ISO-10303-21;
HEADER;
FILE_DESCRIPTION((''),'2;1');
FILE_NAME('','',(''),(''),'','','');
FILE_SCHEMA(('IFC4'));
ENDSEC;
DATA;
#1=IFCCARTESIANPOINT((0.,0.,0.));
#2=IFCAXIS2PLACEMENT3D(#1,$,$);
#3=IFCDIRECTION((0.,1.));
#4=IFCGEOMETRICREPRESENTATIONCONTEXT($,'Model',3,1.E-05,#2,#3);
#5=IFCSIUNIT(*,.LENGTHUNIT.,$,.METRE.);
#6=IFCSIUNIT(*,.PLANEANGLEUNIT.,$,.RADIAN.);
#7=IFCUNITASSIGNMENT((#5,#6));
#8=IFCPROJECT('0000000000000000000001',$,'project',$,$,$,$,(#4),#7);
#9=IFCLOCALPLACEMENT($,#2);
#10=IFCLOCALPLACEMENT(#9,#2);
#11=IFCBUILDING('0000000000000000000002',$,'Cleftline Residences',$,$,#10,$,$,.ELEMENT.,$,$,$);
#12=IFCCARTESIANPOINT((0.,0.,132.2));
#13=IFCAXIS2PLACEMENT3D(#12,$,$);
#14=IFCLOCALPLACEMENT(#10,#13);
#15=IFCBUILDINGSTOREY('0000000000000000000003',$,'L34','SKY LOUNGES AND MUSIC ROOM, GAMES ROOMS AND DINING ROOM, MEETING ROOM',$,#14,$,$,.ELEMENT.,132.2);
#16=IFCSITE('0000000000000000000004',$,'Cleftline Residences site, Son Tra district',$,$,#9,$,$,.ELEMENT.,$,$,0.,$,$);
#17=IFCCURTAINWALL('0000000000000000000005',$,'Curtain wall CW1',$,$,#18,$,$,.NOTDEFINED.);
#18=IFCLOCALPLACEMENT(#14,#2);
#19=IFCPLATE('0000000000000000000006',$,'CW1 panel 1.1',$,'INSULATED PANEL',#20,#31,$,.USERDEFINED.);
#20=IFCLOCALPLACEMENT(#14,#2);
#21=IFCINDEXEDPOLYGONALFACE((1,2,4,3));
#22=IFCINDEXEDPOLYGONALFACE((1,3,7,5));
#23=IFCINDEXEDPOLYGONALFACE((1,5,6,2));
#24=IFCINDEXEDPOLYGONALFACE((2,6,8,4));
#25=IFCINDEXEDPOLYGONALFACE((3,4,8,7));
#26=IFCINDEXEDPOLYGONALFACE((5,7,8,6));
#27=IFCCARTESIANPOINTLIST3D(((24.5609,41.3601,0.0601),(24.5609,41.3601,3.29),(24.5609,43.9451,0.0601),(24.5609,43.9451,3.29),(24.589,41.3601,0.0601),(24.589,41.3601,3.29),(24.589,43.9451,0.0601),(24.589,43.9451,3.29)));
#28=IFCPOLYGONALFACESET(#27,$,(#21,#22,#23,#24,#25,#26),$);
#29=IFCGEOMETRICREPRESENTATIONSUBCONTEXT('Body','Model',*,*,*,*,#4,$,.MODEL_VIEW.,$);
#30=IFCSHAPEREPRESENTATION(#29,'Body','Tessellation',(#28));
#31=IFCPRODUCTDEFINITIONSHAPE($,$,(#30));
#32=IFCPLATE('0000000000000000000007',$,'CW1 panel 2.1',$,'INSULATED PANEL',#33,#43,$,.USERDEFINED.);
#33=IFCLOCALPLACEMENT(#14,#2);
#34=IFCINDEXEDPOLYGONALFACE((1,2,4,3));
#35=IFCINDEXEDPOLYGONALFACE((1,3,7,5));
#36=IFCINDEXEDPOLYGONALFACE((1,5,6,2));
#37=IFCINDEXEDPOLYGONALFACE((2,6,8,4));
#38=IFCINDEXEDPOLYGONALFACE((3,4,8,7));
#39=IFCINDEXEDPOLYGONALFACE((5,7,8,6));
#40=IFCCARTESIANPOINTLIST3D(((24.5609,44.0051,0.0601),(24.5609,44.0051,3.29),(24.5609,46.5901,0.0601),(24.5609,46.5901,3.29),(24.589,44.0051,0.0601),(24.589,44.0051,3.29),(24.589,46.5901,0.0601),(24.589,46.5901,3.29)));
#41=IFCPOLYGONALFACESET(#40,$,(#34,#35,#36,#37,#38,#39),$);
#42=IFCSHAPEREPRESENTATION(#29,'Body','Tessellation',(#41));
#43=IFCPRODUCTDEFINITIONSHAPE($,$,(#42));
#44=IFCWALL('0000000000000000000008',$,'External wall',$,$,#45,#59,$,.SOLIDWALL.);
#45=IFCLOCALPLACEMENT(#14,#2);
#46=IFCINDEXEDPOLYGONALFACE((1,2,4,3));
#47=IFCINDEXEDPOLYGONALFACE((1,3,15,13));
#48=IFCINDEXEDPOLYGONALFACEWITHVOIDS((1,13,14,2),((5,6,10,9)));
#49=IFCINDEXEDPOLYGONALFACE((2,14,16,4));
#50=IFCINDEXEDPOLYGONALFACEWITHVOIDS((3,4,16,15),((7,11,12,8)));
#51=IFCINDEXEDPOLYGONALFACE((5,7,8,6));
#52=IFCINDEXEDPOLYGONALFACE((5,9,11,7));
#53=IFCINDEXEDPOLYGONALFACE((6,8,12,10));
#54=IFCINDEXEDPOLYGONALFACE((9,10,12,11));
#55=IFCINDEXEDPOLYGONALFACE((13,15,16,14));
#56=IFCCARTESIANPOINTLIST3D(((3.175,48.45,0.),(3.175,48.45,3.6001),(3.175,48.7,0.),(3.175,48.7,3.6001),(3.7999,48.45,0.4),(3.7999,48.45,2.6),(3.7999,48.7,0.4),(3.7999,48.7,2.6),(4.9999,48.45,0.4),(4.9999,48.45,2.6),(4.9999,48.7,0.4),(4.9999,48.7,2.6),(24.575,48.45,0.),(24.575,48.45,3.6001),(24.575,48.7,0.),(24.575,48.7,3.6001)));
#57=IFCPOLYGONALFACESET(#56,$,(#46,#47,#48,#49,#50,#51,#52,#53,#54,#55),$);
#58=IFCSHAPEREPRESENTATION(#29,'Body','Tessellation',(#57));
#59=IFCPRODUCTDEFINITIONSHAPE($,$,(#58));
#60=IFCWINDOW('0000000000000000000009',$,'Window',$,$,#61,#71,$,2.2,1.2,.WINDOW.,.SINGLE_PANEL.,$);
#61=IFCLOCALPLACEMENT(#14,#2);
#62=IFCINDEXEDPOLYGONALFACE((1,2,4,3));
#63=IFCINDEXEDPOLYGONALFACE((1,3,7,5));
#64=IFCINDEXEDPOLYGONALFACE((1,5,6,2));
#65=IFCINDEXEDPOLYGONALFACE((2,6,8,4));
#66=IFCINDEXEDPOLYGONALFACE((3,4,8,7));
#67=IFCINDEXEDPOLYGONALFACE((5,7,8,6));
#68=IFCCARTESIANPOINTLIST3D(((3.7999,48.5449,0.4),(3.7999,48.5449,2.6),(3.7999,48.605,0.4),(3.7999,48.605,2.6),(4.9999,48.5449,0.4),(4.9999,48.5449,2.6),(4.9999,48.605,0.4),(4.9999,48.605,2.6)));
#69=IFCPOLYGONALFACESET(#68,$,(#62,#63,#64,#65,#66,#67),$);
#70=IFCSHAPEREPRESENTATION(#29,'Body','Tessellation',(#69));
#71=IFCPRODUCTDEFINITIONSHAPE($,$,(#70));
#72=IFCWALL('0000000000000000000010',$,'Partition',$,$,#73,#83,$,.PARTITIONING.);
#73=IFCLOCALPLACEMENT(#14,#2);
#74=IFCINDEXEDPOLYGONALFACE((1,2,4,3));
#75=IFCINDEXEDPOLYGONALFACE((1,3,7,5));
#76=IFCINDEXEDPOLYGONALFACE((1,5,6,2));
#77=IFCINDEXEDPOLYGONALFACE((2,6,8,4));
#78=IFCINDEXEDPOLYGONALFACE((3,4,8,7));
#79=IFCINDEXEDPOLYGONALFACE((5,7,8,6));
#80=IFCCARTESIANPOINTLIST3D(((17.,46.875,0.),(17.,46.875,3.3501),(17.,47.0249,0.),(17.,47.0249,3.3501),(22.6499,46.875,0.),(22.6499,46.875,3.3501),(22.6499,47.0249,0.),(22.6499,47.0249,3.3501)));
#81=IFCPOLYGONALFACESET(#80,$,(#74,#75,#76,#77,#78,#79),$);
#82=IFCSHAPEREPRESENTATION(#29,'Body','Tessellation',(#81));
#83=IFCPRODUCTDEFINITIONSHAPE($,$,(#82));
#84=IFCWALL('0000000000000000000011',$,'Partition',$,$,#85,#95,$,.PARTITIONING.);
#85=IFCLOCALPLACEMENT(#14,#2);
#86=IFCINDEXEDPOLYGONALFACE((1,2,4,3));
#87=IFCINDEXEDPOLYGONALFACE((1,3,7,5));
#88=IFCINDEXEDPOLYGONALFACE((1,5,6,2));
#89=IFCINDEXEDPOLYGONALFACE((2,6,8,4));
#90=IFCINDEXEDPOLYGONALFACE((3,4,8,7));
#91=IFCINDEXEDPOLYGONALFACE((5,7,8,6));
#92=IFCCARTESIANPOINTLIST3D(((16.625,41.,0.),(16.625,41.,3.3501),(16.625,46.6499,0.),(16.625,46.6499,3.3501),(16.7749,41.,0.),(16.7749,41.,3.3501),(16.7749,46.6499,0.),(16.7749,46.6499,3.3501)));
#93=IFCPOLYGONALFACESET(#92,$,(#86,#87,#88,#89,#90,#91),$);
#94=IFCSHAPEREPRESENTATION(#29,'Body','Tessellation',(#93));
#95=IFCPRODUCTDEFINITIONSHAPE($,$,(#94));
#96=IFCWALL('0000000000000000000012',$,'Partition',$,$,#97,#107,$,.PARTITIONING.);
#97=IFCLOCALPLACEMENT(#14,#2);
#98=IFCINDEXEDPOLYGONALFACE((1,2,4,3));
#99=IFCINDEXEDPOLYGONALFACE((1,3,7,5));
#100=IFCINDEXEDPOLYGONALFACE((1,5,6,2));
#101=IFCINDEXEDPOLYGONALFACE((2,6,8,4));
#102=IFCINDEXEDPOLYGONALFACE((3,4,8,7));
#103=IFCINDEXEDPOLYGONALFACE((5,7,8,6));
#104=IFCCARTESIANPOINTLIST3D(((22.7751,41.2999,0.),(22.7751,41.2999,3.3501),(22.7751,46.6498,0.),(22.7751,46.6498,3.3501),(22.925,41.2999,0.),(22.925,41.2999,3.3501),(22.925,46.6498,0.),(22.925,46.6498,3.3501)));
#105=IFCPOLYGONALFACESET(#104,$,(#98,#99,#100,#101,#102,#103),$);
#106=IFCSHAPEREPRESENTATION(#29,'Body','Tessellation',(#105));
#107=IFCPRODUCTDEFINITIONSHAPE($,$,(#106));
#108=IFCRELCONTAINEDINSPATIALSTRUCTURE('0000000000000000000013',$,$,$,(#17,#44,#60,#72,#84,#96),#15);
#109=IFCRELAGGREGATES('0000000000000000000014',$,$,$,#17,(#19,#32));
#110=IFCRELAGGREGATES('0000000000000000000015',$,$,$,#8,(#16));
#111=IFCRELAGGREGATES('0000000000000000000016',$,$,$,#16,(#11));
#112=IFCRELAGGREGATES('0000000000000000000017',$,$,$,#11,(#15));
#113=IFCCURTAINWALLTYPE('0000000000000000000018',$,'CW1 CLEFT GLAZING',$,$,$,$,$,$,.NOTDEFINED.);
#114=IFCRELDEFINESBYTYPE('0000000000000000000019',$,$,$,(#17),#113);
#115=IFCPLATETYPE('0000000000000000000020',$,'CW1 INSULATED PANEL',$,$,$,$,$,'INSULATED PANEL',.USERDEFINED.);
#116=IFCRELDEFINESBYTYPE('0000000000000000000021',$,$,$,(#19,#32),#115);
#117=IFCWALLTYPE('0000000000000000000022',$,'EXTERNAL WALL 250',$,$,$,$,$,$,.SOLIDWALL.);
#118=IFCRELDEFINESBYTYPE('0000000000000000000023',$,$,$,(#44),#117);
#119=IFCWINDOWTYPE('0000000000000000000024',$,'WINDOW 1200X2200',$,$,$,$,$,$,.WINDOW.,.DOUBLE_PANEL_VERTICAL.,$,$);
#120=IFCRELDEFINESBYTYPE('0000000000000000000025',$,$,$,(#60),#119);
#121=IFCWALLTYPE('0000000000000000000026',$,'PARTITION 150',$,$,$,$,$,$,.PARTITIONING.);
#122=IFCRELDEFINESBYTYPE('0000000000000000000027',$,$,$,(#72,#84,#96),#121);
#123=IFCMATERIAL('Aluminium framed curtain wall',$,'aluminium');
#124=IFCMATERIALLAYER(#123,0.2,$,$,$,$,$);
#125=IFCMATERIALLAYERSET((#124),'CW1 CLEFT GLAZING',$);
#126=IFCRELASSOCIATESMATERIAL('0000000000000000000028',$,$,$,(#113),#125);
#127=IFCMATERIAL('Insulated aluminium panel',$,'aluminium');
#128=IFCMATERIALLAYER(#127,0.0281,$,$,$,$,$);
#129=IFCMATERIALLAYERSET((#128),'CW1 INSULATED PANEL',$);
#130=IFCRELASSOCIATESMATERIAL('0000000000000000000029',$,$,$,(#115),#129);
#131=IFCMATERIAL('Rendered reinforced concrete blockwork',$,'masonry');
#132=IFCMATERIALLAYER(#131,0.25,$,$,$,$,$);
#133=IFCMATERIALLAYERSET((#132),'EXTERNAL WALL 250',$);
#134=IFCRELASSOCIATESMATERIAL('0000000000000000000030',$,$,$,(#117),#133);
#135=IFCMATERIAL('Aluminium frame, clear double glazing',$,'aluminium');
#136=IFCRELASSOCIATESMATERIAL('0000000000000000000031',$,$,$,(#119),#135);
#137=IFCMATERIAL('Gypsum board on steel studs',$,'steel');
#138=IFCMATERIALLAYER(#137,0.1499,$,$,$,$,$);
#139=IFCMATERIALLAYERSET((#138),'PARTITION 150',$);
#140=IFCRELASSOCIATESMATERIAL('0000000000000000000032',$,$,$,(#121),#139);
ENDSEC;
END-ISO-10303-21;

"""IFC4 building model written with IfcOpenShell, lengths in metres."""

from ifc_helpers import new_model, si_unit, direction, frame, frame_2d, origin, origin_2d, place, context, subcontext, project, spatial, rectangle, extrude, material, layer, layer_set, type_object, element, fill, aggregate, save


model = new_model("IFC4")

# Units and contexts
model_context = context("Model", 3, precision=1e-05, world=origin(), true_north=direction((0.0, 1.0)))
body_context = subcontext(model_context, "Body", "Model", "MODEL_VIEW")
ifc_project = project(units=[si_unit("LENGTHUNIT", "METRE"), si_unit("PLANEANGLEUNIT", "RADIAN")], contexts=[model_context])

# Site, building, storey
site_placement = place(None, origin())
site = spatial("IfcSite", under=ifc_project, at=site_placement, Name="Cleftline Residences site, Son Tra district", CompositionType="ELEMENT", RefElevation=0.0)
building_placement = place(site_placement, origin())
building = spatial("IfcBuilding", under=site, at=building_placement, Name="Cleftline Residences", CompositionType="ELEMENT")
storey_placement = place(building_placement, frame((0.0, 0.0, 132.2)))
storey = spatial("IfcBuildingStorey", under=building, at=storey_placement, Name="L34", Description="SKY LOUNGES AND MUSIC ROOM, GAMES ROOMS AND DINING ROOM, MEETING ROOM", CompositionType="ELEMENT", Elevation=132.2)

# Shared definitions
ifc_material_1 = material(Name="Aluminium framed curtain wall", Category="aluminium")
ifc_layer_1 = layer(ifc_material_1, 0.2)
ifc_layer_set_1 = layer_set([ifc_layer_1], Name="CW1 CLEFT GLAZING")
curtain_wall_type = type_object("IfcCurtainWallType", Name="CW1 CLEFT GLAZING", PredefinedType="NOTDEFINED", material=ifc_layer_set_1)

# Curtain wall
curtain_wall_1_placement = place(storey_placement, origin())
curtain_wall_1 = element("IfcCurtainWall", 1, at=curtain_wall_1_placement, inside=storey, type_object=curtain_wall_type, Name="Curtain wall CW1", PredefinedType="NOTDEFINED")

# Plates
ifc_material_2 = material(Name="Insulated aluminium panel", Category="aluminium")
ifc_layer_2 = layer(ifc_material_2, 0.0281)
ifc_layer_set_2 = layer_set([ifc_layer_2], Name="CW1 INSULATED PANEL")
plate_type = type_object("IfcPlateType", Name="CW1 INSULATED PANEL", ElementType="INSULATED PANEL", PredefinedType="USERDEFINED", material=ifc_layer_set_2)
plate_1_placement = place(storey_placement, frame((24.575, 42.6526, 0.0601), z_axis=(0.0, 0.0, 1.0), x_axis=(0.0, 1.0, 0.0)))
plate_1 = element("IfcPlate", 2, at=plate_1_placement, type_object=plate_type, Name="CW1 panel 1.1", ObjectType="INSULATED PANEL", PredefinedType="USERDEFINED", context=body_context, shape_type="SweptSolid", body=[
    extrude(rectangle(XDim=2.585, YDim=0.0281, at=origin_2d()), origin(), (0.0, 0.0, 1.0), 3.23),
])
plate_2_placement = place(storey_placement, frame((24.575, 45.2976, 0.0601), z_axis=(0.0, 0.0, 1.0), x_axis=(0.0, 1.0, 0.0)))
plate_2 = element("IfcPlate", 3, at=plate_2_placement, type_object=plate_type, Name="CW1 panel 2.1", ObjectType="INSULATED PANEL", PredefinedType="USERDEFINED", context=body_context, shape_type="SweptSolid", body=[
    extrude(rectangle(XDim=2.585, YDim=0.0281, at=origin_2d()), origin(), (0.0, 0.0, 1.0), 3.23),
])
aggregate(curtain_wall_1, [plate_1, plate_2])

# Wall, opening, window
ifc_material_3 = material(Name="Rendered reinforced concrete blockwork", Category="masonry")
ifc_layer_3 = layer(ifc_material_3, 0.25)
ifc_layer_set_3 = layer_set([ifc_layer_3], Name="EXTERNAL WALL 250")
wall_type_1 = type_object("IfcWallType", Name="EXTERNAL WALL 250", PredefinedType="SOLIDWALL", material=ifc_layer_set_3)
wall_1_placement = place(storey_placement, frame((24.575, 48.575, 0.0), z_axis=(0.0, 0.0, 1.0), x_axis=(-1.0, 0.0, 0.0)))
wall_1 = element("IfcWall", 4, at=wall_1_placement, inside=storey, type_object=wall_type_1, Name="External wall", PredefinedType="SOLIDWALL", context=body_context, shape_type="SweptSolid", body=[
    extrude(rectangle(XDim=21.3999, YDim=0.25, at=frame_2d((10.7, 0.0))), origin(), (0.0, 0.0, 1.0), 3.6001),
])
opening_placement = place(wall_1_placement, frame((19.575, 0.0, 0.3999)))
opening = element("IfcOpeningElement", 5, at=opening_placement, cuts=wall_1, PredefinedType="OPENING", context=body_context, shape_type="SweptSolid", body=[
    extrude(rectangle(XDim=1.2, YDim=2.2, at=frame_2d((0.6001, 1.1001))), frame((0.0, 0.135, 0.0), z_axis=(0.0, -1.0, 0.0), x_axis=(1.0, 0.0, 0.0)), (0.0, 0.0, 1.0), 0.27),
])
ifc_material_4 = material(Name="Aluminium frame, clear double glazing", Category="aluminium")
window_type = type_object("IfcWindowType", Name="WINDOW 1200X2200", PartitioningType="DOUBLE_PANEL_VERTICAL", PredefinedType="WINDOW", material=ifc_material_4)
window_placement = place(opening_placement, origin())
window = element("IfcWindow", 6, at=window_placement, inside=storey, type_object=window_type, Name="Window", OverallHeight=2.2, OverallWidth=1.2, PartitioningType="SINGLE_PANEL", PredefinedType="WINDOW", context=body_context, shape_type="SweptSolid", body=[
    extrude(rectangle(XDim=1.2, YDim=2.2, at=frame_2d((0.6001, 1.1001))), frame((0.0, 0.03, 0.0), z_axis=(0.0, -1.0, 0.0), x_axis=(1.0, 0.0, 0.0)), (0.0, 0.0, 1.0), 0.0601),
])
fill(opening, window)

# Walls
ifc_material_5 = material(Name="Gypsum board on steel studs", Category="steel")
ifc_layer_4 = layer(ifc_material_5, 0.1499)
ifc_layer_set_4 = layer_set([ifc_layer_4], Name="PARTITION 150")
wall_type_2 = type_object("IfcWallType", Name="PARTITION 150", PredefinedType="PARTITIONING", material=ifc_layer_set_4)
for number, where, z_axis, x_axis, name in (
    (7, (17.0, 46.95, 0.0), (0.0, 0.0, 1.0), (1.0, 0.0, 0.0), "Partition"),
    (8, (16.7, 41.0, 0.0), (0.0, 0.0, 1.0), (0.0, 1.0, 0.0), "Partition"),
):
    element("IfcWall", number, at=place(storey_placement, frame(where, z_axis=z_axis, x_axis=x_axis)), inside=storey, type_object=wall_type_2, Name=name, PredefinedType="PARTITIONING", context=body_context, shape_type="SweptSolid", body=[
        extrude(rectangle(XDim=5.6499, YDim=0.1499, at=frame_2d((2.825, 0.0))), origin(), (0.0, 0.0, 1.0), 3.3501),
    ])
wall_2_placement = place(storey_placement, frame((22.8501, 41.3, 0.0), z_axis=(0.0, 0.0, 1.0), x_axis=(0.0, 1.0, 0.0)))
element("IfcWall", 9, at=wall_2_placement, inside=storey, type_object=wall_type_2, Name="Partition", PredefinedType="PARTITIONING", context=body_context, shape_type="SweptSolid", body=[
    extrude(rectangle(XDim=5.3499, YDim=0.1499, at=frame_2d((2.6748, 0.0))), origin(), (0.0, 0.0, 1.0), 3.3501),
])

save(model, "model.ifc")
